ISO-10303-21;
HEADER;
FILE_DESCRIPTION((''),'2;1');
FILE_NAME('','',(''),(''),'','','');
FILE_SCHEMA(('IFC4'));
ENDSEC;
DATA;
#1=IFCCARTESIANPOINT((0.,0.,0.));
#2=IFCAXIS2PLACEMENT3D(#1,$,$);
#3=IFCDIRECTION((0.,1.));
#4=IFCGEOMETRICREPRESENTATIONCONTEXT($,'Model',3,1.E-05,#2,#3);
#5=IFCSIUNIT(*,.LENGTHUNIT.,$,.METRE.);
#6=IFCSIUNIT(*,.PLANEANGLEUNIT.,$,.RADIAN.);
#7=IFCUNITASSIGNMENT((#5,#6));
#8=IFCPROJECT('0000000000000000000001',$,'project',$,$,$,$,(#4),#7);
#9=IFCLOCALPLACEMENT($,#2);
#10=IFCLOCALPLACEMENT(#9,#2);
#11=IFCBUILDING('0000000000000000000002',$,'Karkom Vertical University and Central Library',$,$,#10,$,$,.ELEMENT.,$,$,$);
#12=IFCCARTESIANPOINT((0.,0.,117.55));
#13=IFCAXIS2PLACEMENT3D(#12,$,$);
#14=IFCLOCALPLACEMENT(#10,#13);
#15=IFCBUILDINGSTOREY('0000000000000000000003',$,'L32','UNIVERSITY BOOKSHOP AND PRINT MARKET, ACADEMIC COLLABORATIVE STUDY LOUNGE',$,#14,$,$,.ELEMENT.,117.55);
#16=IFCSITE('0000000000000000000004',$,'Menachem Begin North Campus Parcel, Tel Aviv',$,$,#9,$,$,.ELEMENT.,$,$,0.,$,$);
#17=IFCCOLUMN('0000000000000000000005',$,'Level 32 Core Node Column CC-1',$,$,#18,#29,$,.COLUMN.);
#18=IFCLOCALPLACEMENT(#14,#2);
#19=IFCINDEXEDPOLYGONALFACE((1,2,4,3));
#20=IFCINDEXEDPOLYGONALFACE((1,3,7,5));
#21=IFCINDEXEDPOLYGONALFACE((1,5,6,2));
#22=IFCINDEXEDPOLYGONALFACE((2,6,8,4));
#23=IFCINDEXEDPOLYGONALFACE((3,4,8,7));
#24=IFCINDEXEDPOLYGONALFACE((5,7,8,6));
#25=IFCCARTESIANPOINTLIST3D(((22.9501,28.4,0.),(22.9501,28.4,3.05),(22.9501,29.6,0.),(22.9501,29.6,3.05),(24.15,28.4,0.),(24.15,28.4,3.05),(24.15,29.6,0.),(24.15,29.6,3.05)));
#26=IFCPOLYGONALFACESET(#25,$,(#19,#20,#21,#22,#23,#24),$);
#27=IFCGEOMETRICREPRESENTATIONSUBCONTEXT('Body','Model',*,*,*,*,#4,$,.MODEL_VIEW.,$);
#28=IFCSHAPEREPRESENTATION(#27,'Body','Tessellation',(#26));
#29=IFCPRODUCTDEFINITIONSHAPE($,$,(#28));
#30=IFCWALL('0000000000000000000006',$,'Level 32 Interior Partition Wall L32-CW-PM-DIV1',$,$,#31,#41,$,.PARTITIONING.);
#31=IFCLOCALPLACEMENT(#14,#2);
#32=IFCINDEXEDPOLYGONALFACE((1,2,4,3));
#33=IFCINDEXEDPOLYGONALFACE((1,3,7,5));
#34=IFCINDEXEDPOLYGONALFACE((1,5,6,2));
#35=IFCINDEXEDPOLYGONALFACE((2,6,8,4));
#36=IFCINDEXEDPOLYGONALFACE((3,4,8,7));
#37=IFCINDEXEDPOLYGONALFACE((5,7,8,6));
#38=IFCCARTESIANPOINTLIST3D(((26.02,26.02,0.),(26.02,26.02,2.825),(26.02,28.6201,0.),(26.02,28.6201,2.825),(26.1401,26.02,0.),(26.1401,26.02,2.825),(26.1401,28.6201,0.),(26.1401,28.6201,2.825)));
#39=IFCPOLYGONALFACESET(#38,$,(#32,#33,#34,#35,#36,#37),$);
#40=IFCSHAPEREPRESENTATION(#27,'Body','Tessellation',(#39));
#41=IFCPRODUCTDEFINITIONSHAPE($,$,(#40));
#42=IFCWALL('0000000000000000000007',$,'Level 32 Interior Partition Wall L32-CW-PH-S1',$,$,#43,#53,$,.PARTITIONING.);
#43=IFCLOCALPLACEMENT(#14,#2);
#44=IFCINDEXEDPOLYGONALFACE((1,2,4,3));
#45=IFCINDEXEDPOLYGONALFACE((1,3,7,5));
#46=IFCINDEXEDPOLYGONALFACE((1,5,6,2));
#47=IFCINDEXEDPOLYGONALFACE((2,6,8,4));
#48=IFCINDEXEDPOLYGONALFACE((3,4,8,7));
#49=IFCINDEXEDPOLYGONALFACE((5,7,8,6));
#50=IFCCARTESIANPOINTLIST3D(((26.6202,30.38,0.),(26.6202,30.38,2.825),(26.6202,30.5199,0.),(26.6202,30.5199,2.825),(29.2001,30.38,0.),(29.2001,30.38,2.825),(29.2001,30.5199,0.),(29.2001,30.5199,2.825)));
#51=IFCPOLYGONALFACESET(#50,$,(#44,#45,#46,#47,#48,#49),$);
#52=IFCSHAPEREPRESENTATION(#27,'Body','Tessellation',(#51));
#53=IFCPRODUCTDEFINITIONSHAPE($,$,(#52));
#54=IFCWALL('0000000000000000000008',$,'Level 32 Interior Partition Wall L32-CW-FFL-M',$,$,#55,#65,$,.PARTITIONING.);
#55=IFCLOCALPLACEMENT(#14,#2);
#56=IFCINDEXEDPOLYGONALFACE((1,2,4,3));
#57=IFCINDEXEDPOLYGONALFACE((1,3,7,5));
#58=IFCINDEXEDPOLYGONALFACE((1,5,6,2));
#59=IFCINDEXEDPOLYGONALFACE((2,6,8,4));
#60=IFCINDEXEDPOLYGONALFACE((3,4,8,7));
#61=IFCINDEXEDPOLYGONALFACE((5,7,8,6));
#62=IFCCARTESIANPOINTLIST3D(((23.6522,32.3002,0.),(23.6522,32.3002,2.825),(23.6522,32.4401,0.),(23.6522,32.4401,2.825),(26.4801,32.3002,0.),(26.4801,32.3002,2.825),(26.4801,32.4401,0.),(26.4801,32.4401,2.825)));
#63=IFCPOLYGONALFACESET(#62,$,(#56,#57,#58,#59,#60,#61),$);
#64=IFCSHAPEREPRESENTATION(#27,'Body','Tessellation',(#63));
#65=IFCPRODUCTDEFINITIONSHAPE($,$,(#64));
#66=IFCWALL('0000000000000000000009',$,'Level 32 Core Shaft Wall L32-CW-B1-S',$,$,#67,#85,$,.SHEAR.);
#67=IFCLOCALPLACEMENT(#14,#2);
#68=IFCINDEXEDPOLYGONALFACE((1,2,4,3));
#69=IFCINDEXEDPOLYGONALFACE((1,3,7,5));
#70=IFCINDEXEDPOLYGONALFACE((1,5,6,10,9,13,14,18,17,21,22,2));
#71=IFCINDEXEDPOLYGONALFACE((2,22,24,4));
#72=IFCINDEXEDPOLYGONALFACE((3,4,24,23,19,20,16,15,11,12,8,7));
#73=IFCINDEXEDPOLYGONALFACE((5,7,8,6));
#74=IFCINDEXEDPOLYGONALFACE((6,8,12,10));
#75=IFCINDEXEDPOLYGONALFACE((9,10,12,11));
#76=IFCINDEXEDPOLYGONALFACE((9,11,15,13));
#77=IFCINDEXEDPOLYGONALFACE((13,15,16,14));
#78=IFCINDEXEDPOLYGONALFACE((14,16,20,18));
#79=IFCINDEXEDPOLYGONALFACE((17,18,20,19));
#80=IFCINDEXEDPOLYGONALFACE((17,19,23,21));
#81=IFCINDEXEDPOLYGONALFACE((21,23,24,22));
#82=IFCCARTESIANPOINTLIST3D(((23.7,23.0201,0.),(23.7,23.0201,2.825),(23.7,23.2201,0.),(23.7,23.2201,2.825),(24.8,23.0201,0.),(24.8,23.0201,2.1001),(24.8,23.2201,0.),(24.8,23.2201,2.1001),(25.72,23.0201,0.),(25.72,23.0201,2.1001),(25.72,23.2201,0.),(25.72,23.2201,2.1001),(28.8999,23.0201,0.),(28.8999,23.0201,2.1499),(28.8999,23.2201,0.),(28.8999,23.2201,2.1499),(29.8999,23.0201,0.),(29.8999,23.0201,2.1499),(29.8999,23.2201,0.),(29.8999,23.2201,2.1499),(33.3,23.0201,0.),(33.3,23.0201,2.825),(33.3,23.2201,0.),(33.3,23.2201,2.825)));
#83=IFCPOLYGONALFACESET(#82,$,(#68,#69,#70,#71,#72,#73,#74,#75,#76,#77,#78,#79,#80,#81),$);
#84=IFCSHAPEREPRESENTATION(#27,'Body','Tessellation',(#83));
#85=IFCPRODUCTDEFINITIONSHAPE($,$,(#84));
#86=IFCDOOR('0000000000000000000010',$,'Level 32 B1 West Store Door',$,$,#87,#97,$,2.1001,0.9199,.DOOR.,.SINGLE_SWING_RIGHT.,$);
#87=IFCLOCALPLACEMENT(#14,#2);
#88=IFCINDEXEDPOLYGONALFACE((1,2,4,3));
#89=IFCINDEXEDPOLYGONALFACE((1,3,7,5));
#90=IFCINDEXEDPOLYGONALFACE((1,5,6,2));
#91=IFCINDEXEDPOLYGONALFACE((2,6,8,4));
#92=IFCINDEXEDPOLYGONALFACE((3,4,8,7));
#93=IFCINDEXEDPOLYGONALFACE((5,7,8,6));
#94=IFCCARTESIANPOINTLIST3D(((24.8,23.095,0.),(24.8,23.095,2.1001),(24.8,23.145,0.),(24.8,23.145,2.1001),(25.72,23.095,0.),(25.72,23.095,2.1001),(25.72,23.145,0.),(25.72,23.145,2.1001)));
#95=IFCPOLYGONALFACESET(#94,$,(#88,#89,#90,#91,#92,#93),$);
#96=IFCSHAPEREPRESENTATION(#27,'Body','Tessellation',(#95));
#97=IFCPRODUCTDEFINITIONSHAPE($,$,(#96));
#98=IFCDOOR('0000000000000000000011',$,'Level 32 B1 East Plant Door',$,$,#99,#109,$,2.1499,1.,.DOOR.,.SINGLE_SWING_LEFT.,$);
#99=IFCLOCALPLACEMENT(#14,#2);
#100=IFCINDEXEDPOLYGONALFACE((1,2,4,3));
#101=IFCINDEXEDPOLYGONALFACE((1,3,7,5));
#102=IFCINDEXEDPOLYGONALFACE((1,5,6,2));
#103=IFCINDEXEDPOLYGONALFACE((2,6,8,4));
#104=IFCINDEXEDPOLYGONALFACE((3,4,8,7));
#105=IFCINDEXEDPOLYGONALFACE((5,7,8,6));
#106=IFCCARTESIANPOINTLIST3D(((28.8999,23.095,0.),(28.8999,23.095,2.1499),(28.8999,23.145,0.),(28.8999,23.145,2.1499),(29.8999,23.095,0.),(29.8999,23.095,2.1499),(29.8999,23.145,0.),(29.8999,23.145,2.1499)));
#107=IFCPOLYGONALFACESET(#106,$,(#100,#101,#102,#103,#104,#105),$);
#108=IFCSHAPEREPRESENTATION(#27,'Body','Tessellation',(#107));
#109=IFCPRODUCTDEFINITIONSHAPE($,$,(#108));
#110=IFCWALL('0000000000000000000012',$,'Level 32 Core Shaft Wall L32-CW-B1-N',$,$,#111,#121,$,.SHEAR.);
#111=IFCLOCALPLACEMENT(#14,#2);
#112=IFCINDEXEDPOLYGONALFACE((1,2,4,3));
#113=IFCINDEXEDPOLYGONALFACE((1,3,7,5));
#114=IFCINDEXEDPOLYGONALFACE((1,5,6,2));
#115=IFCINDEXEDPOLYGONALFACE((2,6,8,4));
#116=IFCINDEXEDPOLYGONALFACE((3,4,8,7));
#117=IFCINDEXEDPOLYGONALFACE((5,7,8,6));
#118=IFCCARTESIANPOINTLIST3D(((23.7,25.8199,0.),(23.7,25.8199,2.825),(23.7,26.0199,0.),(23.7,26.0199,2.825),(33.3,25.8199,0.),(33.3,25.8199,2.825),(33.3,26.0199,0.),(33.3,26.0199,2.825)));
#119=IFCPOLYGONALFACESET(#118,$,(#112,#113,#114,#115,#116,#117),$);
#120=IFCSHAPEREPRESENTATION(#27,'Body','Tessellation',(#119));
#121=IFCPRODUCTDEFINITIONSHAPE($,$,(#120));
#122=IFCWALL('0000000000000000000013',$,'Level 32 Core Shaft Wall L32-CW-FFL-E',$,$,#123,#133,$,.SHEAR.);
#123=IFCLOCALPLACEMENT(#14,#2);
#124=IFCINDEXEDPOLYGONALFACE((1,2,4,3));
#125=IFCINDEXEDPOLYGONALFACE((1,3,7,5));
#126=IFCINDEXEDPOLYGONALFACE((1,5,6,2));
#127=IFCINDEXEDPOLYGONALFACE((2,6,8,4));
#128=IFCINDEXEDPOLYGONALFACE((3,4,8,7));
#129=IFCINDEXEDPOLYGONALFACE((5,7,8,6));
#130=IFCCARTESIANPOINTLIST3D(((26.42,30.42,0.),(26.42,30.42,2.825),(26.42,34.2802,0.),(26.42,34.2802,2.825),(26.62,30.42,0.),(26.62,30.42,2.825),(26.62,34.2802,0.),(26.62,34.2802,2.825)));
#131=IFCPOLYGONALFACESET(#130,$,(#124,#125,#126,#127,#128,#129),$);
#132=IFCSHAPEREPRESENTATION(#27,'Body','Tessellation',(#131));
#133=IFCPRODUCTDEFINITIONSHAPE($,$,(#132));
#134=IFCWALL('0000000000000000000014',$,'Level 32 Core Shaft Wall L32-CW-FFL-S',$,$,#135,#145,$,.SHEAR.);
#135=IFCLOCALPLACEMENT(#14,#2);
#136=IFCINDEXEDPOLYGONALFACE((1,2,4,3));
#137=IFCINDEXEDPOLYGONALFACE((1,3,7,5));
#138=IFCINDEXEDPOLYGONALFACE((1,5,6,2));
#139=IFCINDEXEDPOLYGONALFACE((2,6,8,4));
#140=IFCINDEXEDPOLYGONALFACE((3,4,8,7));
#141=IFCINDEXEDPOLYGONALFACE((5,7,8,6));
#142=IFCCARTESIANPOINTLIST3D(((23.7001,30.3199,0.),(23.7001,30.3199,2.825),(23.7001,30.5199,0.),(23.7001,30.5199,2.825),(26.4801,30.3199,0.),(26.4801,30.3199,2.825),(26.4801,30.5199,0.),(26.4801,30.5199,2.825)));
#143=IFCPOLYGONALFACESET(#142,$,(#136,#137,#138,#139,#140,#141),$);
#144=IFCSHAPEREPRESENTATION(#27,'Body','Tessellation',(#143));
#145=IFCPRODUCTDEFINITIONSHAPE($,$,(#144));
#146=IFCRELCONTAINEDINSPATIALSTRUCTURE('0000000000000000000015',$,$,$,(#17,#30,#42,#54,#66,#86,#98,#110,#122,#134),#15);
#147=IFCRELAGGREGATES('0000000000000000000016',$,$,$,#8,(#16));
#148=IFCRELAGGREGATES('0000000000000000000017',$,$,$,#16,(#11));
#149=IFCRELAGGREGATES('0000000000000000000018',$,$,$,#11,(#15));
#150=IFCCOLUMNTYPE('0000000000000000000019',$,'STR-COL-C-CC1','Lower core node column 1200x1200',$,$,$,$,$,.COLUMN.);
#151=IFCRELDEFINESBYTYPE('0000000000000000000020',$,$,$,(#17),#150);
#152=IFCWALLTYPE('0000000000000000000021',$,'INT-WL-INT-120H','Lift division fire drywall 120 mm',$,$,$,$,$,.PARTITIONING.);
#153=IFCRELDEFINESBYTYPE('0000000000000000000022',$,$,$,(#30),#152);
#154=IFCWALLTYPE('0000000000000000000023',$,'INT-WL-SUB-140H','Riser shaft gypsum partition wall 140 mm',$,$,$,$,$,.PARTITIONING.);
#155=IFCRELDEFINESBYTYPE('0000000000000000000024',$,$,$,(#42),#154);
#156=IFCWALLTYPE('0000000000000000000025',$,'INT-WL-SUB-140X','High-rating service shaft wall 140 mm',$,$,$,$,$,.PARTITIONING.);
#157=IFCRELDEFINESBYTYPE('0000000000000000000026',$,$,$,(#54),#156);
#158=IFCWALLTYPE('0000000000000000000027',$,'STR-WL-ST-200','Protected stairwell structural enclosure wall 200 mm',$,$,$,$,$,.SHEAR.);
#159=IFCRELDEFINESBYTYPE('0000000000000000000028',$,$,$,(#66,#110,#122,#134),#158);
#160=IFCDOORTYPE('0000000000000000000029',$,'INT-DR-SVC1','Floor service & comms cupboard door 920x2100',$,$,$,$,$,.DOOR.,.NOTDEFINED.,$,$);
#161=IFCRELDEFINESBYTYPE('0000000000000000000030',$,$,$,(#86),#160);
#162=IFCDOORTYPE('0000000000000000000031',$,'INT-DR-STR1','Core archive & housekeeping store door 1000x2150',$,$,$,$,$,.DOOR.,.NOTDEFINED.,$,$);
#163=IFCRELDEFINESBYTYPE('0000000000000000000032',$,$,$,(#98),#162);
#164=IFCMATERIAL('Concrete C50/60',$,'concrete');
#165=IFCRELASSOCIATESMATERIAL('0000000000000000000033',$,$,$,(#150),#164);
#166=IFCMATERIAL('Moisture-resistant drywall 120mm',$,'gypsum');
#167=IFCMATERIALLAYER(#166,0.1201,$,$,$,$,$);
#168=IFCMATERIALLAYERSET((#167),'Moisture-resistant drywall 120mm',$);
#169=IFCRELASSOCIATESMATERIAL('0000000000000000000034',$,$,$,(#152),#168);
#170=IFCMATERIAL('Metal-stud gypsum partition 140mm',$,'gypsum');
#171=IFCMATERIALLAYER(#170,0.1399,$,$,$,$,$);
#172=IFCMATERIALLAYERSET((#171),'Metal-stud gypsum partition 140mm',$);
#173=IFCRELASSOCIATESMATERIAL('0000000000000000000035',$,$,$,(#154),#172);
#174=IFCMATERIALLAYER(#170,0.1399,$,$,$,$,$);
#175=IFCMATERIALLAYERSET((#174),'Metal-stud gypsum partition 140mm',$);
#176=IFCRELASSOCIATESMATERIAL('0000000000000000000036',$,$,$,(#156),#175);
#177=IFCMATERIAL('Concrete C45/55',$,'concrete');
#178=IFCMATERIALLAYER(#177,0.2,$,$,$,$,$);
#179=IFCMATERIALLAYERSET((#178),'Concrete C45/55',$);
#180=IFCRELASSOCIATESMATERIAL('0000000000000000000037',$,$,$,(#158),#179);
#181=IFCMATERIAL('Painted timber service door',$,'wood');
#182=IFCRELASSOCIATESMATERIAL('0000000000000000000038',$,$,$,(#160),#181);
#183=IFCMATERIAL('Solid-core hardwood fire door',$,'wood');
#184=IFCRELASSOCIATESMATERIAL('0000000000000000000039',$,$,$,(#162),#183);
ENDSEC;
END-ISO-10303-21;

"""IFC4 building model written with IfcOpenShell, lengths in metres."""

from ifc_helpers import new_model, si_unit, direction, frame, frame_2d, origin, origin_with_axes, origin_2d, place, context, subcontext, project, spatial, rectangle, extrude, source, transform, mapped, material, layer, layer_set, material_profile, profile_set, type_object, element, fill, save


model = new_model("IFC4")

# Units and contexts
model_context = context("Model", 3, precision=1e-05, world=origin(), true_north=direction((0.0, 1.0)))
body_context = subcontext(model_context, "Body", "Model", "MODEL_VIEW")
ifc_project = project(units=[si_unit("LENGTHUNIT", "METRE"), si_unit("PLANEANGLEUNIT", "RADIAN")], contexts=[model_context])

# Site, building, storey
site_placement = place(None, origin())
site = spatial("IfcSite", under=ifc_project, at=site_placement, Name="Menachem Begin North Campus Parcel, Tel Aviv", CompositionType="ELEMENT", RefElevation=0.0)
building_placement = place(site_placement, origin())
building = spatial("IfcBuilding", under=site, at=building_placement, Name="Karkom Vertical University and Central Library", CompositionType="ELEMENT")
storey_placement = place(building_placement, frame((0.0, 0.0, 117.55)))
storey = spatial("IfcBuildingStorey", under=building, at=storey_placement, Name="L32", Description="UNIVERSITY BOOKSHOP AND PRINT MARKET, ACADEMIC COLLABORATIVE STUDY LOUNGE", CompositionType="ELEMENT", Elevation=117.55)

# Column
ifc_material_1 = material(Name="Concrete C50/60", Category="concrete")
ifc_material_profile = material_profile(ifc_material_1, rectangle(XDim=1.2, YDim=1.2, at=origin_2d()), Name="RC-1200x1200")
ifc_profile_set = profile_set([ifc_material_profile], Name="Concrete C50/60")
column_type = type_object("IfcColumnType", Name="STR-COL-C-CC1", Description="Lower core node column 1200x1200", PredefinedType="COLUMN", material=ifc_profile_set)
shared_shape_1 = source(origin_with_axes(), body_context, "Body", "SweptSolid", [
    extrude(rectangle(XDim=1.2, YDim=1.2, at=origin_2d()), origin(), (0.0, 0.0, 1.0), 3.05),
])
column_placement = place(storey_placement, frame((23.55, 29.0, 0.0), z_axis=(0.0, 0.0, 1.0), x_axis=(1.0, 0.0, 0.0)))
element("IfcColumn", 1, at=column_placement, inside=storey, type_object=column_type, Name="Level 32 Core Node Column CC-1", PredefinedType="COLUMN", context=body_context, shape_type="MappedRepresentation", body=[
    mapped(shared_shape_1, transform((0.0, 0.0, 0.0), scale=1.0)),
])

# Walls
ifc_material_2 = material(Name="Moisture-resistant drywall 120mm", Category="gypsum")
ifc_layer_1 = layer(ifc_material_2, 0.1201)
ifc_layer_set_1 = layer_set([ifc_layer_1], Name="Moisture-resistant drywall 120mm")
wall_type_1 = type_object("IfcWallType", Name="INT-WL-INT-120H", Description="Lift division fire drywall 120 mm", PredefinedType="PARTITIONING", material=ifc_layer_set_1)
wall_1_placement = place(storey_placement, frame((26.0801, 26.02, 0.0), z_axis=(0.0, 0.0, 1.0), x_axis=(0.0, 1.0, 0.0)))
element("IfcWall", 2, at=wall_1_placement, inside=storey, type_object=wall_type_1, Name="Level 32 Interior Partition Wall L32-CW-PM-DIV1", PredefinedType="PARTITIONING", context=body_context, shape_type="SweptSolid", body=[
    extrude(rectangle(XDim=2.6001, YDim=0.1201, at=frame_2d((1.3, 0.0))), origin(), (0.0, 0.0, 1.0), 2.825),
])
ifc_material_3 = material(Name="Metal-stud gypsum partition 140mm", Category="gypsum")
ifc_layer_2 = layer(ifc_material_3, 0.1399)
ifc_layer_set_2 = layer_set([ifc_layer_2], Name="Metal-stud gypsum partition 140mm")
wall_type_2 = type_object("IfcWallType", Name="INT-WL-SUB-140H", Description="Riser shaft gypsum partition wall 140 mm", PredefinedType="PARTITIONING", material=ifc_layer_set_2)
wall_2_placement = place(storey_placement, frame((26.6201, 30.45, 0.0), z_axis=(0.0, 0.0, 1.0), x_axis=(1.0, 0.0, 0.0)))
element("IfcWall", 3, at=wall_2_placement, inside=storey, type_object=wall_type_2, Name="Level 32 Interior Partition Wall L32-CW-PH-S1", PredefinedType="PARTITIONING", context=body_context, shape_type="SweptSolid", body=[
    extrude(rectangle(XDim=2.5798, YDim=0.1399, at=frame_2d((1.29, 0.0))), origin(), (0.0, 0.0, 1.0), 2.825),
])
ifc_layer_3 = layer(ifc_material_3, 0.1399)
ifc_layer_set_3 = layer_set([ifc_layer_3], Name="Metal-stud gypsum partition 140mm")
wall_type_3 = type_object("IfcWallType", Name="INT-WL-SUB-140X", Description="High-rating service shaft wall 140 mm", PredefinedType="PARTITIONING", material=ifc_layer_set_3)
wall_3_placement = place(storey_placement, frame((23.6521, 32.3701, 0.0), z_axis=(0.0, 0.0, 1.0), x_axis=(1.0, 0.0, 0.0)))
element("IfcWall", 4, at=wall_3_placement, inside=storey, type_object=wall_type_3, Name="Level 32 Interior Partition Wall L32-CW-FFL-M", PredefinedType="PARTITIONING", context=body_context, shape_type="SweptSolid", body=[
    extrude(rectangle(XDim=2.8279, YDim=0.1399, at=frame_2d((1.4141, 0.0))), origin(), (0.0, 0.0, 1.0), 2.825),
])

# Wall, openings, doors
ifc_material_4 = material(Name="Concrete C45/55", Category="concrete")
ifc_layer_4 = layer(ifc_material_4, 0.2)
ifc_layer_set_4 = layer_set([ifc_layer_4], Name="Concrete C45/55")
wall_type_4 = type_object("IfcWallType", Name="STR-WL-ST-200", Description="Protected stairwell structural enclosure wall 200 mm", PredefinedType="SHEAR", material=ifc_layer_set_4)
wall_4_placement = place(storey_placement, frame((23.7, 23.1201, 0.0), z_axis=(0.0, 0.0, 1.0), x_axis=(1.0, 0.0, 0.0)))
wall_4 = element("IfcWall", 5, at=wall_4_placement, inside=storey, type_object=wall_type_4, Name="Level 32 Core Shaft Wall L32-CW-B1-S", PredefinedType="SHEAR", context=body_context, shape_type="SweptSolid", body=[
    extrude(rectangle(XDim=9.6001, YDim=0.2, at=frame_2d((4.8, 0.0))), origin(), (0.0, 0.0, 1.0), 2.825),
])
opening_1_placement = place(wall_4_placement, frame((1.1001, 0.0, 0.0)))
opening_1 = element("IfcOpeningElement", 6, at=opening_1_placement, cuts=wall_4, PredefinedType="OPENING", context=body_context, shape_type="SweptSolid", body=[
    extrude(rectangle(XDim=0.9199, YDim=2.1001, at=frame_2d((0.46, 1.05))), frame((0.0, 0.1099, 0.0), z_axis=(0.0, -1.0, 0.0), x_axis=(1.0, 0.0, 0.0)), (0.0, 0.0, 1.0), 0.22),
])
opening_2_placement = place(wall_4_placement, frame((5.2, 0.0, 0.0)))
opening_2 = element("IfcOpeningElement", 7, at=opening_2_placement, cuts=wall_4, PredefinedType="OPENING", context=body_context, shape_type="SweptSolid", body=[
    extrude(rectangle(XDim=1.0, YDim=2.1499, at=frame_2d((0.5, 1.075))), frame((0.0, 0.1099, 0.0), z_axis=(0.0, -1.0, 0.0), x_axis=(1.0, 0.0, 0.0)), (0.0, 0.0, 1.0), 0.22),
])
ifc_material_5 = material(Name="Painted timber service door", Category="wood")
door_type_1 = type_object("IfcDoorType", Name="INT-DR-SVC1", Description="Floor service & comms cupboard door 920x2100", OperationType="NOTDEFINED", PredefinedType="DOOR", material=ifc_material_5)
shared_shape_2 = source(origin_with_axes(), body_context, "Body", "SweptSolid", [
    extrude(rectangle(XDim=0.9199, YDim=2.1001, at=frame_2d((0.46, 1.05))), frame((0.0, 0.0249, 0.0), z_axis=(0.0, -1.0, 0.0), x_axis=(1.0, 0.0, 0.0)), (0.0, 0.0, 1.0), 0.05),
])
door_1_placement = place(opening_1_placement, origin())
door_1 = element("IfcDoor", 8, at=door_1_placement, inside=storey, type_object=door_type_1, Name="Level 32 B1 West Store Door", OperationType="SINGLE_SWING_RIGHT", OverallHeight=2.1001, OverallWidth=0.9199, PredefinedType="DOOR", context=body_context, shape_type="MappedRepresentation", body=[
    mapped(shared_shape_2, transform((0.0, 0.0, 0.0), scale=1.0)),
])
fill(opening_1, door_1)
ifc_material_6 = material(Name="Solid-core hardwood fire door", Category="wood")
door_type_2 = type_object("IfcDoorType", Name="INT-DR-STR1", Description="Core archive & housekeeping store door 1000x2150", OperationType="NOTDEFINED", PredefinedType="DOOR", material=ifc_material_6)
shared_shape_3 = source(origin_with_axes(), body_context, "Body", "SweptSolid", [
    extrude(rectangle(XDim=1.0, YDim=2.1499, at=frame_2d((0.5, 1.075))), frame((0.0, 0.0249, 0.0), z_axis=(0.0, -1.0, 0.0), x_axis=(1.0, 0.0, 0.0)), (0.0, 0.0, 1.0), 0.05),
])
door_2_placement = place(opening_2_placement, origin())
door_2 = element("IfcDoor", 9, at=door_2_placement, inside=storey, type_object=door_type_2, Name="Level 32 B1 East Plant Door", OperationType="SINGLE_SWING_LEFT", OverallHeight=2.1499, OverallWidth=1.0, PredefinedType="DOOR", context=body_context, shape_type="MappedRepresentation", body=[
    mapped(shared_shape_3, transform((0.0, 0.0, 0.0), scale=1.0)),
])
fill(opening_2, door_2)

# Wall
wall_5_placement = place(storey_placement, frame((23.7, 25.9199, 0.0), z_axis=(0.0, 0.0, 1.0), x_axis=(1.0, 0.0, 0.0)))
element("IfcWall", 10, at=wall_5_placement, inside=storey, type_object=wall_type_4, Name="Level 32 Core Shaft Wall L32-CW-B1-N", PredefinedType="SHEAR", context=body_context, shape_type="SweptSolid", body=[
    extrude(rectangle(XDim=9.6001, YDim=0.2, at=frame_2d((4.8, 0.0))), origin(), (0.0, 0.0, 1.0), 2.825),
])

# Walls
wall_6_placement = place(storey_placement, frame((26.52, 30.4199, 0.0), z_axis=(0.0, 0.0, 1.0), x_axis=(0.0, 1.0, 0.0)))
element("IfcWall", 11, at=wall_6_placement, inside=storey, type_object=wall_type_4, Name="Level 32 Core Shaft Wall L32-CW-FFL-E", PredefinedType="SHEAR", context=body_context, shape_type="SweptSolid", body=[
    extrude(rectangle(XDim=3.8601, YDim=0.2, at=frame_2d((1.9302, 0.0))), origin(), (0.0, 0.0, 1.0), 2.825),
])
wall_7_placement = place(storey_placement, frame((23.7, 30.4199, 0.0), z_axis=(0.0, 0.0, 1.0), x_axis=(1.0, 0.0, 0.0)))
element("IfcWall", 12, at=wall_7_placement, inside=storey, type_object=wall_type_4, Name="Level 32 Core Shaft Wall L32-CW-FFL-S", PredefinedType="SHEAR", context=body_context, shape_type="SweptSolid", body=[
    extrude(rectangle(XDim=2.78, YDim=0.2, at=frame_2d((1.3901, 0.0))), origin(), (0.0, 0.0, 1.0), 2.825),
])

save(model, "model.ifc")
